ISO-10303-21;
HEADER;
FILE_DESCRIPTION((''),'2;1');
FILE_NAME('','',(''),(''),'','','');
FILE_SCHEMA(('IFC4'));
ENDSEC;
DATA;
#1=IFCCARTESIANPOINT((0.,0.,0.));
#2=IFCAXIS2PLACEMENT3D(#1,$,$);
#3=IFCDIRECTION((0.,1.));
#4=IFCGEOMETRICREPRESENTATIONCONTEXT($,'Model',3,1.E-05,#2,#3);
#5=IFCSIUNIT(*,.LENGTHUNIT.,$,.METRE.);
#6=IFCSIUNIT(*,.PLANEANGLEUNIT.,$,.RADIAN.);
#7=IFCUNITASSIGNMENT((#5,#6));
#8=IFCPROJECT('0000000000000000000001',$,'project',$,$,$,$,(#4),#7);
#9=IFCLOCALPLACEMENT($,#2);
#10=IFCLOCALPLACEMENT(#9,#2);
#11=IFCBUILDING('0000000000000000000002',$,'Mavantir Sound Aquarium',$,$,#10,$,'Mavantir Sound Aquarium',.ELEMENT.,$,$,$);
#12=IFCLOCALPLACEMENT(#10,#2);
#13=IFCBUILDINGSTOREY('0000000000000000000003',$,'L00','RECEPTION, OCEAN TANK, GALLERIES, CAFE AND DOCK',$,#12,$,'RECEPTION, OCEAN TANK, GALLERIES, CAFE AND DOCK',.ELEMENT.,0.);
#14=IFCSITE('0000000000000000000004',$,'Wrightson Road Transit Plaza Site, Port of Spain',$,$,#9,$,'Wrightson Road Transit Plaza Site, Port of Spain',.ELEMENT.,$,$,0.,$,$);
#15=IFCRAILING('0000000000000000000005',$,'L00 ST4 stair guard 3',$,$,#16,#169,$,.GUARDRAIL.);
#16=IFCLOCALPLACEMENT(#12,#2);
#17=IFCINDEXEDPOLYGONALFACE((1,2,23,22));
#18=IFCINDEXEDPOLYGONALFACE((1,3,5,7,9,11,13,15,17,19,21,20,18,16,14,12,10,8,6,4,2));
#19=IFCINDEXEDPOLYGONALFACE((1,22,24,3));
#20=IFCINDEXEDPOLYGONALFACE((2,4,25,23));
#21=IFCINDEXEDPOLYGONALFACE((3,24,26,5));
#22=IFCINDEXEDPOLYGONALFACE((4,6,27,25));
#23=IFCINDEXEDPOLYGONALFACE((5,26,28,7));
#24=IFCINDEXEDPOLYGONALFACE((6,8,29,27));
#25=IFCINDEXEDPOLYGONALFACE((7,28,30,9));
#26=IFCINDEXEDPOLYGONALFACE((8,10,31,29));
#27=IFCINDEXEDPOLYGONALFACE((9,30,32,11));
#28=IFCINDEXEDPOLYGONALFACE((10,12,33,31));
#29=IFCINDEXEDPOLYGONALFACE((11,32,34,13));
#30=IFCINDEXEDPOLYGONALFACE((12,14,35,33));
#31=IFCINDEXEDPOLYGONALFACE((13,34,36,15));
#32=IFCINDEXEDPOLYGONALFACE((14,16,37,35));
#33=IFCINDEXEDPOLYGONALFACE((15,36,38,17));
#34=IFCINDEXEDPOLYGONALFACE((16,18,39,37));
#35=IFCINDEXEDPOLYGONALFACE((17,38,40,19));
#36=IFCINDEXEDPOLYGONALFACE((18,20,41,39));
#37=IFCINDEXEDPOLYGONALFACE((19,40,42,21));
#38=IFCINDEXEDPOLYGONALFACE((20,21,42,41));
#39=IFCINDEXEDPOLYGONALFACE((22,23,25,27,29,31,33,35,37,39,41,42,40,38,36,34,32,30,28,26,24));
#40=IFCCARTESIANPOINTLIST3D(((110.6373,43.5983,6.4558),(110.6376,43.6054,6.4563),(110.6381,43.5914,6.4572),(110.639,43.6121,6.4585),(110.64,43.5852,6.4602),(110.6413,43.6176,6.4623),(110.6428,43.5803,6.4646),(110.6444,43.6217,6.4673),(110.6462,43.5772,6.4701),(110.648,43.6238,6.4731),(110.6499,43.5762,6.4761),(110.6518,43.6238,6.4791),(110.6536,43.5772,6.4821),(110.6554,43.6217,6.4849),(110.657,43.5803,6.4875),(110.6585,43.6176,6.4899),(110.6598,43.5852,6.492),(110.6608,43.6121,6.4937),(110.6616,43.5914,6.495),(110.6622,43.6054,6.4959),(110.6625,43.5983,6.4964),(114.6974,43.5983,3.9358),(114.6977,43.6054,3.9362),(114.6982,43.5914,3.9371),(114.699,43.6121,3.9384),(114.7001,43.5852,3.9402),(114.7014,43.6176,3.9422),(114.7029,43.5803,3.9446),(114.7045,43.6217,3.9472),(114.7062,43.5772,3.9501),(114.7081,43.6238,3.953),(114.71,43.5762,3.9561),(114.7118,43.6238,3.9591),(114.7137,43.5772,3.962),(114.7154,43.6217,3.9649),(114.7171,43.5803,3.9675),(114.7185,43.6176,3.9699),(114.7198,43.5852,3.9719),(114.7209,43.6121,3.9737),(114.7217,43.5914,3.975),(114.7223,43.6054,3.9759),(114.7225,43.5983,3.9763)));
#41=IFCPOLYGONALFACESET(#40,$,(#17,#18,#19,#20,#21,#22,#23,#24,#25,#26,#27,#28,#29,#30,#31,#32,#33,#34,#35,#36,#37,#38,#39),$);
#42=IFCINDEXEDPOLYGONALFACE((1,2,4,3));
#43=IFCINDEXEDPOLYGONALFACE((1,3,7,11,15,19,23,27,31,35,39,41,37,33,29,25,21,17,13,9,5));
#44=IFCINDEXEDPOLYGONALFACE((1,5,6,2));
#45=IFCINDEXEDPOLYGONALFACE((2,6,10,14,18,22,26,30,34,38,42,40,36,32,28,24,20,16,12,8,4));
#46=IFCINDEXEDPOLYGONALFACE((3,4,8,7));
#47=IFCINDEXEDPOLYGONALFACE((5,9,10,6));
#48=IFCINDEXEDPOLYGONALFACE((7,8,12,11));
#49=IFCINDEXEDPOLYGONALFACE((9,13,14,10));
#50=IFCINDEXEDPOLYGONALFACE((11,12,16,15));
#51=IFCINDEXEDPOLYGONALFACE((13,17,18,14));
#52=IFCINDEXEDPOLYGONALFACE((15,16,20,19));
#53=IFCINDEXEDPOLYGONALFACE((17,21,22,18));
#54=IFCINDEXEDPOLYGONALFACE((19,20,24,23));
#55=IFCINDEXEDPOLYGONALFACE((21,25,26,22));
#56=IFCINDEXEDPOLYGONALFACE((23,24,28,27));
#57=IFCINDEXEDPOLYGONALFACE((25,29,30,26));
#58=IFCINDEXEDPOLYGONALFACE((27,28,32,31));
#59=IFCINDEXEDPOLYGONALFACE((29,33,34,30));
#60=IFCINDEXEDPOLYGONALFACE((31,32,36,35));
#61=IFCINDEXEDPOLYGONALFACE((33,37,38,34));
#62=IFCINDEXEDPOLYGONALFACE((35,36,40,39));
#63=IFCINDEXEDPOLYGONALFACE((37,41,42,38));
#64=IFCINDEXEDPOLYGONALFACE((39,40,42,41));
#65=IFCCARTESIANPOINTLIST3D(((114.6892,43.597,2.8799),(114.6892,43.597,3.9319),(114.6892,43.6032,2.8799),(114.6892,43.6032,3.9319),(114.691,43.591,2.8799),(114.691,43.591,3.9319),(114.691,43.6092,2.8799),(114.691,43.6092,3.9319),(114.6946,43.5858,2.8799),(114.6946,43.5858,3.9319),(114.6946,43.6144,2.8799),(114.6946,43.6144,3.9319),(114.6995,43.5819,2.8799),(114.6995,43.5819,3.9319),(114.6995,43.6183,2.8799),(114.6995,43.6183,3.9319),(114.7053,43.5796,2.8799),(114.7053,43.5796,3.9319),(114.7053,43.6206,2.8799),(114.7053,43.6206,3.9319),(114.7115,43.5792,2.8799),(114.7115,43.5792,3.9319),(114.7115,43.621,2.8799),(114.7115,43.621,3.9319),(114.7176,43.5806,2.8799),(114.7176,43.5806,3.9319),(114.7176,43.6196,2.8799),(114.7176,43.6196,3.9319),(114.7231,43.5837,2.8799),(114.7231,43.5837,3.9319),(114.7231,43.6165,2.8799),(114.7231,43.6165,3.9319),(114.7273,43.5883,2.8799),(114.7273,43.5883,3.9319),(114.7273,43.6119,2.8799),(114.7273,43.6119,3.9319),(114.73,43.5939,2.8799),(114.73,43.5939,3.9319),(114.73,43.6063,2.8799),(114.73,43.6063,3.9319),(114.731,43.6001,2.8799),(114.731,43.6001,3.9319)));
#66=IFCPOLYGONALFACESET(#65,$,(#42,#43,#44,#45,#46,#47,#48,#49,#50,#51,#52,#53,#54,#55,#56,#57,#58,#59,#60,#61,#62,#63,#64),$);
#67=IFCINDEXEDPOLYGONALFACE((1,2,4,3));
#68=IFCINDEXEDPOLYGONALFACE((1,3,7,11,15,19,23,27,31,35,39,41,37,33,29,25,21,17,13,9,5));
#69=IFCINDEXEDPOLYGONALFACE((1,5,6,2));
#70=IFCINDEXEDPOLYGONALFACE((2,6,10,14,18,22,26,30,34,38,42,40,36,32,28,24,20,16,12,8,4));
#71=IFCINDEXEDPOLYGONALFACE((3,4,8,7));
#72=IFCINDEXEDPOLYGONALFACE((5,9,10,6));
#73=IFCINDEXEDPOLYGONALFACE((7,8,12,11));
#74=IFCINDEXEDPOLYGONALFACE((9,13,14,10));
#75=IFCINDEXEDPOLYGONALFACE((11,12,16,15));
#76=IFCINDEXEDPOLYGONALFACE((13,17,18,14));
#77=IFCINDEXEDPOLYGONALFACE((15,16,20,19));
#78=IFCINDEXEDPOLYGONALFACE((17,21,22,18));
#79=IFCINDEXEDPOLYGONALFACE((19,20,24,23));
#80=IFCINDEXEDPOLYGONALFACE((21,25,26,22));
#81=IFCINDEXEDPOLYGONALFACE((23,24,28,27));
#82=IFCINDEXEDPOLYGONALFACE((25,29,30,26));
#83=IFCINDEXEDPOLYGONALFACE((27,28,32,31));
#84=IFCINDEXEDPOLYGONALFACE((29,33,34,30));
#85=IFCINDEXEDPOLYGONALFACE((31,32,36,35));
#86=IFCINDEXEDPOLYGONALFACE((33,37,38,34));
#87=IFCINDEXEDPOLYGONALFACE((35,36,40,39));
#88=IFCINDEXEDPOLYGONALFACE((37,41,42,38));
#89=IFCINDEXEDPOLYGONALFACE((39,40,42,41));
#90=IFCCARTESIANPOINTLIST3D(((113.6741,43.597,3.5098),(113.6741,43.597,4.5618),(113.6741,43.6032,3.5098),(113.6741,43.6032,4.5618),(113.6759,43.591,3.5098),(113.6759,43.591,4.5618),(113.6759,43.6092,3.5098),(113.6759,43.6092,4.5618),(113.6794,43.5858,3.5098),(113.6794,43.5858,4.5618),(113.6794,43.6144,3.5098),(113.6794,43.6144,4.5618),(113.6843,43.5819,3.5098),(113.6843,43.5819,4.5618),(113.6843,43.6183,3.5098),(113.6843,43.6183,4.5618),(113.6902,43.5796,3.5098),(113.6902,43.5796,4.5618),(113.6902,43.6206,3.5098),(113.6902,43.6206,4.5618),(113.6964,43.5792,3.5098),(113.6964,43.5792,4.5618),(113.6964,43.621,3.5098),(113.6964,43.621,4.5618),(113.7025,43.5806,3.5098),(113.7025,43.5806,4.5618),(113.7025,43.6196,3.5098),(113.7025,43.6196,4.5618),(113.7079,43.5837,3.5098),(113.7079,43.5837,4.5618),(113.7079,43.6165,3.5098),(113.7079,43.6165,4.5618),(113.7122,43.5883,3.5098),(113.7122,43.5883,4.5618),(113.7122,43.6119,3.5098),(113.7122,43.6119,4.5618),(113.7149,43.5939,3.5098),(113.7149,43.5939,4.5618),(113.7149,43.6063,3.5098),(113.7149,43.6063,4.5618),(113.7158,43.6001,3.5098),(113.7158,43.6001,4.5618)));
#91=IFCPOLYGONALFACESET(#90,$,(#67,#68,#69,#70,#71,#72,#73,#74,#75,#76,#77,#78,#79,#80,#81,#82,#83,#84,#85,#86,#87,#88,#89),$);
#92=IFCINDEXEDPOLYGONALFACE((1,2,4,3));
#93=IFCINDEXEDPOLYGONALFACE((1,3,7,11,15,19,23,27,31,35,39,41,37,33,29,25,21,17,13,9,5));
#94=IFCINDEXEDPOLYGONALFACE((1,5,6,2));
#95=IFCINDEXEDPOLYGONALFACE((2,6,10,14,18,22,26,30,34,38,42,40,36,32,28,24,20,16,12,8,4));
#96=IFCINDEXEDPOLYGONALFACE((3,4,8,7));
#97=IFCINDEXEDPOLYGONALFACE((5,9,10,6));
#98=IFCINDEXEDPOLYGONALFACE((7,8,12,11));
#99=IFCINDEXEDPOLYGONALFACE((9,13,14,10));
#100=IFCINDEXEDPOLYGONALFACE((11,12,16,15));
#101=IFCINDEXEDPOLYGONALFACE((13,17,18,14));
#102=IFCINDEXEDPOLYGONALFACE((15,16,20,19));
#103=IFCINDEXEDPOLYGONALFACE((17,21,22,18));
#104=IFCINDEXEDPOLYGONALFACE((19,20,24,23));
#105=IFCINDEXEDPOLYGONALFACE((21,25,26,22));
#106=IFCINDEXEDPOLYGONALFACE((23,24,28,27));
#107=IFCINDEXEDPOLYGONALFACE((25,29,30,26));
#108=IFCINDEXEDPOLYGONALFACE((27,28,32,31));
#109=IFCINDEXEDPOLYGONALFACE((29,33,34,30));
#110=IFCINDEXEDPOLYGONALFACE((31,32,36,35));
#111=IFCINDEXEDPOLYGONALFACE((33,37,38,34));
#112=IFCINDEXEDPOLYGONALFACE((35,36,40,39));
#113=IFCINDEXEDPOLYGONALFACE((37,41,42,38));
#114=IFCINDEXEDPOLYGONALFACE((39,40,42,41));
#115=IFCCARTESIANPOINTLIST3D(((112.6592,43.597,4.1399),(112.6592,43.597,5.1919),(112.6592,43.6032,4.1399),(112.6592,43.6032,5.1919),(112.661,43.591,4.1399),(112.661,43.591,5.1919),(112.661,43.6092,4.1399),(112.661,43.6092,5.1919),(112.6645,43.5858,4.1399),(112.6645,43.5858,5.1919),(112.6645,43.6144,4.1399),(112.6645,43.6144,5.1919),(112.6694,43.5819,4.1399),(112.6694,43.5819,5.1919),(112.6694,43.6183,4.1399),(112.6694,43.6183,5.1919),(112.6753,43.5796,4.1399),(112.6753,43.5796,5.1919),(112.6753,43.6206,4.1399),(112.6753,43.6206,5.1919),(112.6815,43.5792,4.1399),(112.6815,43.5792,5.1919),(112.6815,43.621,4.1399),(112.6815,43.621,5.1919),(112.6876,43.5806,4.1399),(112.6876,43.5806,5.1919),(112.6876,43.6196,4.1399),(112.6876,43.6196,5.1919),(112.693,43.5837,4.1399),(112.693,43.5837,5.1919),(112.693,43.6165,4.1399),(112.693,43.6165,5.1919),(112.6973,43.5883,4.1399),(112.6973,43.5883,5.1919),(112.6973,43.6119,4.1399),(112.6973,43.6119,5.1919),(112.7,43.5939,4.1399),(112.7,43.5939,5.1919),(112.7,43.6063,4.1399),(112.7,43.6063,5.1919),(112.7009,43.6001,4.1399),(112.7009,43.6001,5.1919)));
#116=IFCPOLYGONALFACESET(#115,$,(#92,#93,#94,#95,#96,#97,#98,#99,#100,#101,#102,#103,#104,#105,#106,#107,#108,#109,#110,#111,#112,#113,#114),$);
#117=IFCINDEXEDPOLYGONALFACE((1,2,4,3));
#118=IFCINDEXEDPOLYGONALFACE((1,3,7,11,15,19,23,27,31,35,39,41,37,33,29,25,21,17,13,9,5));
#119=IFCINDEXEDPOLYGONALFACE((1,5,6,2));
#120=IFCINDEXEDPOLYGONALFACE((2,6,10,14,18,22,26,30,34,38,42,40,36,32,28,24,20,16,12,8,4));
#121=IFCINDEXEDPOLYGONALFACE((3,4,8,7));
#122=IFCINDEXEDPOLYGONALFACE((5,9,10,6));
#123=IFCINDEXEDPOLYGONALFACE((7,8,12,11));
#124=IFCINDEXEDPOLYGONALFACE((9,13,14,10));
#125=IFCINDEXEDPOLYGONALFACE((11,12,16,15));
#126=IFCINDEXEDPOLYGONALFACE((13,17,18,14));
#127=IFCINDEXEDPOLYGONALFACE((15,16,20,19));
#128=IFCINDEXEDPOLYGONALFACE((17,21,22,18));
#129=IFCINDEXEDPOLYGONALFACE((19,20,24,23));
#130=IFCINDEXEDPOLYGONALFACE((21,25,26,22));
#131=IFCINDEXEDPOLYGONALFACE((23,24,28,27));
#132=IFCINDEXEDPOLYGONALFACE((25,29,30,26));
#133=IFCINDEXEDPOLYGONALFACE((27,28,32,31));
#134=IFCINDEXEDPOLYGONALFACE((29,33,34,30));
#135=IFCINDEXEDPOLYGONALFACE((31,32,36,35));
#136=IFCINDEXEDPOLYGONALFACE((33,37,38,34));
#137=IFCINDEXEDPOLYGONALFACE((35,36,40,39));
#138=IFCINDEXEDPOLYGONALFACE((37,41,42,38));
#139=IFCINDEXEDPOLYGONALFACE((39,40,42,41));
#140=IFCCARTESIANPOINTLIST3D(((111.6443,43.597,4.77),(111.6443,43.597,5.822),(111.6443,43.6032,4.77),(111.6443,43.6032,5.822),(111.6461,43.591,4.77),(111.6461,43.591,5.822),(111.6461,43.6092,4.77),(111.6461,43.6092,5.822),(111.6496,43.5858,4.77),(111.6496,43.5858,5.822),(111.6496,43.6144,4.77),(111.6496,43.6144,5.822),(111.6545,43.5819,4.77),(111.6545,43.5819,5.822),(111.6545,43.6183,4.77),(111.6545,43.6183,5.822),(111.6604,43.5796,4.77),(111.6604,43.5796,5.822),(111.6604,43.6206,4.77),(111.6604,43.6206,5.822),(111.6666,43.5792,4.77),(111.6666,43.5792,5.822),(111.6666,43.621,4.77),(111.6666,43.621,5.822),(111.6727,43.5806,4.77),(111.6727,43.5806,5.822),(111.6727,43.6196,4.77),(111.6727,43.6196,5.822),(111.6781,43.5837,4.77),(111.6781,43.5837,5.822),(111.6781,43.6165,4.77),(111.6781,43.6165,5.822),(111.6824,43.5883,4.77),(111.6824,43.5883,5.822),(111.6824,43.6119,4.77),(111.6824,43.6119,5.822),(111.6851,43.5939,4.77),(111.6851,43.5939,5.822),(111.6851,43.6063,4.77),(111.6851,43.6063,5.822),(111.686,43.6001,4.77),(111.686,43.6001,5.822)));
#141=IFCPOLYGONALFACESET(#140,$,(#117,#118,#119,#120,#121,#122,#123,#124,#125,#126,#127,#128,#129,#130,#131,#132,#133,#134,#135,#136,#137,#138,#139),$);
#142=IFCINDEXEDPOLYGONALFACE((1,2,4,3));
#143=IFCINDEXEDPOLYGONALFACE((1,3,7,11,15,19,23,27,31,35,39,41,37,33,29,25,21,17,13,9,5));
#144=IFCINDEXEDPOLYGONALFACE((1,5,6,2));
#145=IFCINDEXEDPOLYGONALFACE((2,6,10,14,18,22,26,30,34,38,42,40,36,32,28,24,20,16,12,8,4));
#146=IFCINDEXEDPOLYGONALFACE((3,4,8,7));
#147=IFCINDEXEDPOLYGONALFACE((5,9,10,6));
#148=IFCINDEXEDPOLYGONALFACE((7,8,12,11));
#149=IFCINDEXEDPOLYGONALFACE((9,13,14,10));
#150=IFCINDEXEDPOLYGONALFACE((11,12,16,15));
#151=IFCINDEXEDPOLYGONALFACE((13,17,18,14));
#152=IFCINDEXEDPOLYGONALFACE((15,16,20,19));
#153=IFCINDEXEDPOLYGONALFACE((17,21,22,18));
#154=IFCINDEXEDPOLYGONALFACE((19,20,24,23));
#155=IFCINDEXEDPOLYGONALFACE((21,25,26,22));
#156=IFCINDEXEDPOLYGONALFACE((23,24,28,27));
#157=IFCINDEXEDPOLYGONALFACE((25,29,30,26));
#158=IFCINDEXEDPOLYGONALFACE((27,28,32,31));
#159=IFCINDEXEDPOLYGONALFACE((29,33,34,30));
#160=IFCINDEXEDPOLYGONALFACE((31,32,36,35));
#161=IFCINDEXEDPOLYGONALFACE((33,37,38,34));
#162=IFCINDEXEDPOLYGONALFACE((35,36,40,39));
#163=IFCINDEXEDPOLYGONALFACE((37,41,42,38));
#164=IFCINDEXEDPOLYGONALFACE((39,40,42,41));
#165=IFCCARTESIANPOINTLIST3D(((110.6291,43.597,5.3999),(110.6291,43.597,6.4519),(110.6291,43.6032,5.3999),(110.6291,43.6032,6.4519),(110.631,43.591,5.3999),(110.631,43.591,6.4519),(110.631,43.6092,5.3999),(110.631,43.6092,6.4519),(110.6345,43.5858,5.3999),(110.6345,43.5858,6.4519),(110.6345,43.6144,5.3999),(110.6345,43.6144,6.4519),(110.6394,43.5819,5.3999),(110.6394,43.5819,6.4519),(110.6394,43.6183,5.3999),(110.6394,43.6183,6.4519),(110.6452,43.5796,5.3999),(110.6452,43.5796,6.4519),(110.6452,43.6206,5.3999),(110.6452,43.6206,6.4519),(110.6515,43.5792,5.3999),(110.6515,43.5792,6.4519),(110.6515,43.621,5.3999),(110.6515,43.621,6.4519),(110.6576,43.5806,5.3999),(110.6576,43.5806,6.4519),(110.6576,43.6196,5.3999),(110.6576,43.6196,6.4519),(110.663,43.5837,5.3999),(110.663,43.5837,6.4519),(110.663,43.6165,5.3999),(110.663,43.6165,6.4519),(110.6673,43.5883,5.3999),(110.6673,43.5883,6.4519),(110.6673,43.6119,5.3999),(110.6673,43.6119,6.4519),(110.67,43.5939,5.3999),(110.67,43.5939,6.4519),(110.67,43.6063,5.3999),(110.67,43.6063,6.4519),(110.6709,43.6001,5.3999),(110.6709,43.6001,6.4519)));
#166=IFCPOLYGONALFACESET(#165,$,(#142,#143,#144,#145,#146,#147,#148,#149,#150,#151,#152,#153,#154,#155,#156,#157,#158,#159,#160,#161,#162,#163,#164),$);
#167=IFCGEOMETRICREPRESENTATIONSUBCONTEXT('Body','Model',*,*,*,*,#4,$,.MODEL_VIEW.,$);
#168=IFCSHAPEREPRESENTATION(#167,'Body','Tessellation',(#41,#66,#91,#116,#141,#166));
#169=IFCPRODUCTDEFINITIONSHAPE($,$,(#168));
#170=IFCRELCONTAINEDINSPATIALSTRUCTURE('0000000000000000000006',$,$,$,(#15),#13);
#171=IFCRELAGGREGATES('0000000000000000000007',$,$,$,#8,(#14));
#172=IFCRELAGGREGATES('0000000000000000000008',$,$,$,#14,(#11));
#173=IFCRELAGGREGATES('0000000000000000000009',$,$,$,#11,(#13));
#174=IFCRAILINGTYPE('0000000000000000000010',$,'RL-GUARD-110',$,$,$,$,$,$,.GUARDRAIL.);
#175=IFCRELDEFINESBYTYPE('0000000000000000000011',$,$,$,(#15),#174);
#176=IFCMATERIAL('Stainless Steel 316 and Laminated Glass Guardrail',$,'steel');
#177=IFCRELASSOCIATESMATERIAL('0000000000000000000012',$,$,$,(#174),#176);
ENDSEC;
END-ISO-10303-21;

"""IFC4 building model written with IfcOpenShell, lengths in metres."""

from ifc_helpers import new_model, si_unit, direction, frame, origin, origin_2d, place, context, subcontext, project, spatial, circle, extrude, material, type_object, element, save


model = new_model("IFC4")

# Units and contexts
model_context = context("Model", 3, precision=1e-05, world=origin(), true_north=direction((0.0, 1.0)))
body_context = subcontext(model_context, "Body", "Model", "MODEL_VIEW")
ifc_project = project(units=[si_unit("LENGTHUNIT", "METRE"), si_unit("PLANEANGLEUNIT", "RADIAN")], contexts=[model_context])

# Site, building, storey
site_placement = place(None, origin())
site = spatial("IfcSite", under=ifc_project, at=site_placement, Name="Wrightson Road Transit Plaza Site, Port of Spain", LongName="Wrightson Road Transit Plaza Site, Port of Spain", CompositionType="ELEMENT", RefElevation=0.0)
building_placement = place(site_placement, origin())
building = spatial("IfcBuilding", under=site, at=building_placement, Name="Mavantir Sound Aquarium", LongName="Mavantir Sound Aquarium", CompositionType="ELEMENT")
storey_placement = place(building_placement, origin())
storey = spatial("IfcBuildingStorey", under=building, at=storey_placement, Name="L00", Description="RECEPTION, OCEAN TANK, GALLERIES, CAFE AND DOCK", LongName="RECEPTION, OCEAN TANK, GALLERIES, CAFE AND DOCK", CompositionType="ELEMENT", Elevation=0.0)

# Railing
ifc_material_1 = material(Name="Stainless Steel 316 and Laminated Glass Guardrail", Category="steel")
railing_type_1 = type_object("IfcRailingType", Name="RL-GUARD-110", PredefinedType="GUARDRAIL", material=ifc_material_1)
railing_1_placement = place(storey_placement, frame((114.71, 43.6001, 2.8799)))
element("IfcRailing", 1, at=railing_1_placement, inside=storey, type_object=railing_type_1, Name="L00 ST4 stair guard 3", PredefinedType="GUARDRAIL", context=body_context, shape_type="SweptSolid", body=[
    extrude(circle(Radius=0.0239, at=origin_2d()), frame((0.0, 0.0, 1.0762), z_axis=(-0.849642, 0.0, 0.52736), x_axis=(0.0, -1.0, 0.0)), (0.0, 0.0, 1.0), 4.7786),
    extrude(circle(Radius=0.021, at=origin_2d()), origin(), (0.0, 0.0, 1.0), 1.052),
    extrude(circle(Radius=0.021, at=origin_2d()), frame((-1.0151, 0.0, 0.6299)), (0.0, 0.0, 1.0), 1.052),
    extrude(circle(Radius=0.021, at=origin_2d()), frame((-2.03, 0.0, 1.26)), (0.0, 0.0, 1.0), 1.052),
    extrude(circle(Radius=0.021, at=origin_2d()), frame((-3.0449, 0.0, 1.8901)), (0.0, 0.0, 1.0), 1.052),
    extrude(circle(Radius=0.021, at=origin_2d()), frame((-4.0601, 0.0, 2.52)), (0.0, 0.0, 1.0), 1.052),
])

save(model, "model.ifc")
